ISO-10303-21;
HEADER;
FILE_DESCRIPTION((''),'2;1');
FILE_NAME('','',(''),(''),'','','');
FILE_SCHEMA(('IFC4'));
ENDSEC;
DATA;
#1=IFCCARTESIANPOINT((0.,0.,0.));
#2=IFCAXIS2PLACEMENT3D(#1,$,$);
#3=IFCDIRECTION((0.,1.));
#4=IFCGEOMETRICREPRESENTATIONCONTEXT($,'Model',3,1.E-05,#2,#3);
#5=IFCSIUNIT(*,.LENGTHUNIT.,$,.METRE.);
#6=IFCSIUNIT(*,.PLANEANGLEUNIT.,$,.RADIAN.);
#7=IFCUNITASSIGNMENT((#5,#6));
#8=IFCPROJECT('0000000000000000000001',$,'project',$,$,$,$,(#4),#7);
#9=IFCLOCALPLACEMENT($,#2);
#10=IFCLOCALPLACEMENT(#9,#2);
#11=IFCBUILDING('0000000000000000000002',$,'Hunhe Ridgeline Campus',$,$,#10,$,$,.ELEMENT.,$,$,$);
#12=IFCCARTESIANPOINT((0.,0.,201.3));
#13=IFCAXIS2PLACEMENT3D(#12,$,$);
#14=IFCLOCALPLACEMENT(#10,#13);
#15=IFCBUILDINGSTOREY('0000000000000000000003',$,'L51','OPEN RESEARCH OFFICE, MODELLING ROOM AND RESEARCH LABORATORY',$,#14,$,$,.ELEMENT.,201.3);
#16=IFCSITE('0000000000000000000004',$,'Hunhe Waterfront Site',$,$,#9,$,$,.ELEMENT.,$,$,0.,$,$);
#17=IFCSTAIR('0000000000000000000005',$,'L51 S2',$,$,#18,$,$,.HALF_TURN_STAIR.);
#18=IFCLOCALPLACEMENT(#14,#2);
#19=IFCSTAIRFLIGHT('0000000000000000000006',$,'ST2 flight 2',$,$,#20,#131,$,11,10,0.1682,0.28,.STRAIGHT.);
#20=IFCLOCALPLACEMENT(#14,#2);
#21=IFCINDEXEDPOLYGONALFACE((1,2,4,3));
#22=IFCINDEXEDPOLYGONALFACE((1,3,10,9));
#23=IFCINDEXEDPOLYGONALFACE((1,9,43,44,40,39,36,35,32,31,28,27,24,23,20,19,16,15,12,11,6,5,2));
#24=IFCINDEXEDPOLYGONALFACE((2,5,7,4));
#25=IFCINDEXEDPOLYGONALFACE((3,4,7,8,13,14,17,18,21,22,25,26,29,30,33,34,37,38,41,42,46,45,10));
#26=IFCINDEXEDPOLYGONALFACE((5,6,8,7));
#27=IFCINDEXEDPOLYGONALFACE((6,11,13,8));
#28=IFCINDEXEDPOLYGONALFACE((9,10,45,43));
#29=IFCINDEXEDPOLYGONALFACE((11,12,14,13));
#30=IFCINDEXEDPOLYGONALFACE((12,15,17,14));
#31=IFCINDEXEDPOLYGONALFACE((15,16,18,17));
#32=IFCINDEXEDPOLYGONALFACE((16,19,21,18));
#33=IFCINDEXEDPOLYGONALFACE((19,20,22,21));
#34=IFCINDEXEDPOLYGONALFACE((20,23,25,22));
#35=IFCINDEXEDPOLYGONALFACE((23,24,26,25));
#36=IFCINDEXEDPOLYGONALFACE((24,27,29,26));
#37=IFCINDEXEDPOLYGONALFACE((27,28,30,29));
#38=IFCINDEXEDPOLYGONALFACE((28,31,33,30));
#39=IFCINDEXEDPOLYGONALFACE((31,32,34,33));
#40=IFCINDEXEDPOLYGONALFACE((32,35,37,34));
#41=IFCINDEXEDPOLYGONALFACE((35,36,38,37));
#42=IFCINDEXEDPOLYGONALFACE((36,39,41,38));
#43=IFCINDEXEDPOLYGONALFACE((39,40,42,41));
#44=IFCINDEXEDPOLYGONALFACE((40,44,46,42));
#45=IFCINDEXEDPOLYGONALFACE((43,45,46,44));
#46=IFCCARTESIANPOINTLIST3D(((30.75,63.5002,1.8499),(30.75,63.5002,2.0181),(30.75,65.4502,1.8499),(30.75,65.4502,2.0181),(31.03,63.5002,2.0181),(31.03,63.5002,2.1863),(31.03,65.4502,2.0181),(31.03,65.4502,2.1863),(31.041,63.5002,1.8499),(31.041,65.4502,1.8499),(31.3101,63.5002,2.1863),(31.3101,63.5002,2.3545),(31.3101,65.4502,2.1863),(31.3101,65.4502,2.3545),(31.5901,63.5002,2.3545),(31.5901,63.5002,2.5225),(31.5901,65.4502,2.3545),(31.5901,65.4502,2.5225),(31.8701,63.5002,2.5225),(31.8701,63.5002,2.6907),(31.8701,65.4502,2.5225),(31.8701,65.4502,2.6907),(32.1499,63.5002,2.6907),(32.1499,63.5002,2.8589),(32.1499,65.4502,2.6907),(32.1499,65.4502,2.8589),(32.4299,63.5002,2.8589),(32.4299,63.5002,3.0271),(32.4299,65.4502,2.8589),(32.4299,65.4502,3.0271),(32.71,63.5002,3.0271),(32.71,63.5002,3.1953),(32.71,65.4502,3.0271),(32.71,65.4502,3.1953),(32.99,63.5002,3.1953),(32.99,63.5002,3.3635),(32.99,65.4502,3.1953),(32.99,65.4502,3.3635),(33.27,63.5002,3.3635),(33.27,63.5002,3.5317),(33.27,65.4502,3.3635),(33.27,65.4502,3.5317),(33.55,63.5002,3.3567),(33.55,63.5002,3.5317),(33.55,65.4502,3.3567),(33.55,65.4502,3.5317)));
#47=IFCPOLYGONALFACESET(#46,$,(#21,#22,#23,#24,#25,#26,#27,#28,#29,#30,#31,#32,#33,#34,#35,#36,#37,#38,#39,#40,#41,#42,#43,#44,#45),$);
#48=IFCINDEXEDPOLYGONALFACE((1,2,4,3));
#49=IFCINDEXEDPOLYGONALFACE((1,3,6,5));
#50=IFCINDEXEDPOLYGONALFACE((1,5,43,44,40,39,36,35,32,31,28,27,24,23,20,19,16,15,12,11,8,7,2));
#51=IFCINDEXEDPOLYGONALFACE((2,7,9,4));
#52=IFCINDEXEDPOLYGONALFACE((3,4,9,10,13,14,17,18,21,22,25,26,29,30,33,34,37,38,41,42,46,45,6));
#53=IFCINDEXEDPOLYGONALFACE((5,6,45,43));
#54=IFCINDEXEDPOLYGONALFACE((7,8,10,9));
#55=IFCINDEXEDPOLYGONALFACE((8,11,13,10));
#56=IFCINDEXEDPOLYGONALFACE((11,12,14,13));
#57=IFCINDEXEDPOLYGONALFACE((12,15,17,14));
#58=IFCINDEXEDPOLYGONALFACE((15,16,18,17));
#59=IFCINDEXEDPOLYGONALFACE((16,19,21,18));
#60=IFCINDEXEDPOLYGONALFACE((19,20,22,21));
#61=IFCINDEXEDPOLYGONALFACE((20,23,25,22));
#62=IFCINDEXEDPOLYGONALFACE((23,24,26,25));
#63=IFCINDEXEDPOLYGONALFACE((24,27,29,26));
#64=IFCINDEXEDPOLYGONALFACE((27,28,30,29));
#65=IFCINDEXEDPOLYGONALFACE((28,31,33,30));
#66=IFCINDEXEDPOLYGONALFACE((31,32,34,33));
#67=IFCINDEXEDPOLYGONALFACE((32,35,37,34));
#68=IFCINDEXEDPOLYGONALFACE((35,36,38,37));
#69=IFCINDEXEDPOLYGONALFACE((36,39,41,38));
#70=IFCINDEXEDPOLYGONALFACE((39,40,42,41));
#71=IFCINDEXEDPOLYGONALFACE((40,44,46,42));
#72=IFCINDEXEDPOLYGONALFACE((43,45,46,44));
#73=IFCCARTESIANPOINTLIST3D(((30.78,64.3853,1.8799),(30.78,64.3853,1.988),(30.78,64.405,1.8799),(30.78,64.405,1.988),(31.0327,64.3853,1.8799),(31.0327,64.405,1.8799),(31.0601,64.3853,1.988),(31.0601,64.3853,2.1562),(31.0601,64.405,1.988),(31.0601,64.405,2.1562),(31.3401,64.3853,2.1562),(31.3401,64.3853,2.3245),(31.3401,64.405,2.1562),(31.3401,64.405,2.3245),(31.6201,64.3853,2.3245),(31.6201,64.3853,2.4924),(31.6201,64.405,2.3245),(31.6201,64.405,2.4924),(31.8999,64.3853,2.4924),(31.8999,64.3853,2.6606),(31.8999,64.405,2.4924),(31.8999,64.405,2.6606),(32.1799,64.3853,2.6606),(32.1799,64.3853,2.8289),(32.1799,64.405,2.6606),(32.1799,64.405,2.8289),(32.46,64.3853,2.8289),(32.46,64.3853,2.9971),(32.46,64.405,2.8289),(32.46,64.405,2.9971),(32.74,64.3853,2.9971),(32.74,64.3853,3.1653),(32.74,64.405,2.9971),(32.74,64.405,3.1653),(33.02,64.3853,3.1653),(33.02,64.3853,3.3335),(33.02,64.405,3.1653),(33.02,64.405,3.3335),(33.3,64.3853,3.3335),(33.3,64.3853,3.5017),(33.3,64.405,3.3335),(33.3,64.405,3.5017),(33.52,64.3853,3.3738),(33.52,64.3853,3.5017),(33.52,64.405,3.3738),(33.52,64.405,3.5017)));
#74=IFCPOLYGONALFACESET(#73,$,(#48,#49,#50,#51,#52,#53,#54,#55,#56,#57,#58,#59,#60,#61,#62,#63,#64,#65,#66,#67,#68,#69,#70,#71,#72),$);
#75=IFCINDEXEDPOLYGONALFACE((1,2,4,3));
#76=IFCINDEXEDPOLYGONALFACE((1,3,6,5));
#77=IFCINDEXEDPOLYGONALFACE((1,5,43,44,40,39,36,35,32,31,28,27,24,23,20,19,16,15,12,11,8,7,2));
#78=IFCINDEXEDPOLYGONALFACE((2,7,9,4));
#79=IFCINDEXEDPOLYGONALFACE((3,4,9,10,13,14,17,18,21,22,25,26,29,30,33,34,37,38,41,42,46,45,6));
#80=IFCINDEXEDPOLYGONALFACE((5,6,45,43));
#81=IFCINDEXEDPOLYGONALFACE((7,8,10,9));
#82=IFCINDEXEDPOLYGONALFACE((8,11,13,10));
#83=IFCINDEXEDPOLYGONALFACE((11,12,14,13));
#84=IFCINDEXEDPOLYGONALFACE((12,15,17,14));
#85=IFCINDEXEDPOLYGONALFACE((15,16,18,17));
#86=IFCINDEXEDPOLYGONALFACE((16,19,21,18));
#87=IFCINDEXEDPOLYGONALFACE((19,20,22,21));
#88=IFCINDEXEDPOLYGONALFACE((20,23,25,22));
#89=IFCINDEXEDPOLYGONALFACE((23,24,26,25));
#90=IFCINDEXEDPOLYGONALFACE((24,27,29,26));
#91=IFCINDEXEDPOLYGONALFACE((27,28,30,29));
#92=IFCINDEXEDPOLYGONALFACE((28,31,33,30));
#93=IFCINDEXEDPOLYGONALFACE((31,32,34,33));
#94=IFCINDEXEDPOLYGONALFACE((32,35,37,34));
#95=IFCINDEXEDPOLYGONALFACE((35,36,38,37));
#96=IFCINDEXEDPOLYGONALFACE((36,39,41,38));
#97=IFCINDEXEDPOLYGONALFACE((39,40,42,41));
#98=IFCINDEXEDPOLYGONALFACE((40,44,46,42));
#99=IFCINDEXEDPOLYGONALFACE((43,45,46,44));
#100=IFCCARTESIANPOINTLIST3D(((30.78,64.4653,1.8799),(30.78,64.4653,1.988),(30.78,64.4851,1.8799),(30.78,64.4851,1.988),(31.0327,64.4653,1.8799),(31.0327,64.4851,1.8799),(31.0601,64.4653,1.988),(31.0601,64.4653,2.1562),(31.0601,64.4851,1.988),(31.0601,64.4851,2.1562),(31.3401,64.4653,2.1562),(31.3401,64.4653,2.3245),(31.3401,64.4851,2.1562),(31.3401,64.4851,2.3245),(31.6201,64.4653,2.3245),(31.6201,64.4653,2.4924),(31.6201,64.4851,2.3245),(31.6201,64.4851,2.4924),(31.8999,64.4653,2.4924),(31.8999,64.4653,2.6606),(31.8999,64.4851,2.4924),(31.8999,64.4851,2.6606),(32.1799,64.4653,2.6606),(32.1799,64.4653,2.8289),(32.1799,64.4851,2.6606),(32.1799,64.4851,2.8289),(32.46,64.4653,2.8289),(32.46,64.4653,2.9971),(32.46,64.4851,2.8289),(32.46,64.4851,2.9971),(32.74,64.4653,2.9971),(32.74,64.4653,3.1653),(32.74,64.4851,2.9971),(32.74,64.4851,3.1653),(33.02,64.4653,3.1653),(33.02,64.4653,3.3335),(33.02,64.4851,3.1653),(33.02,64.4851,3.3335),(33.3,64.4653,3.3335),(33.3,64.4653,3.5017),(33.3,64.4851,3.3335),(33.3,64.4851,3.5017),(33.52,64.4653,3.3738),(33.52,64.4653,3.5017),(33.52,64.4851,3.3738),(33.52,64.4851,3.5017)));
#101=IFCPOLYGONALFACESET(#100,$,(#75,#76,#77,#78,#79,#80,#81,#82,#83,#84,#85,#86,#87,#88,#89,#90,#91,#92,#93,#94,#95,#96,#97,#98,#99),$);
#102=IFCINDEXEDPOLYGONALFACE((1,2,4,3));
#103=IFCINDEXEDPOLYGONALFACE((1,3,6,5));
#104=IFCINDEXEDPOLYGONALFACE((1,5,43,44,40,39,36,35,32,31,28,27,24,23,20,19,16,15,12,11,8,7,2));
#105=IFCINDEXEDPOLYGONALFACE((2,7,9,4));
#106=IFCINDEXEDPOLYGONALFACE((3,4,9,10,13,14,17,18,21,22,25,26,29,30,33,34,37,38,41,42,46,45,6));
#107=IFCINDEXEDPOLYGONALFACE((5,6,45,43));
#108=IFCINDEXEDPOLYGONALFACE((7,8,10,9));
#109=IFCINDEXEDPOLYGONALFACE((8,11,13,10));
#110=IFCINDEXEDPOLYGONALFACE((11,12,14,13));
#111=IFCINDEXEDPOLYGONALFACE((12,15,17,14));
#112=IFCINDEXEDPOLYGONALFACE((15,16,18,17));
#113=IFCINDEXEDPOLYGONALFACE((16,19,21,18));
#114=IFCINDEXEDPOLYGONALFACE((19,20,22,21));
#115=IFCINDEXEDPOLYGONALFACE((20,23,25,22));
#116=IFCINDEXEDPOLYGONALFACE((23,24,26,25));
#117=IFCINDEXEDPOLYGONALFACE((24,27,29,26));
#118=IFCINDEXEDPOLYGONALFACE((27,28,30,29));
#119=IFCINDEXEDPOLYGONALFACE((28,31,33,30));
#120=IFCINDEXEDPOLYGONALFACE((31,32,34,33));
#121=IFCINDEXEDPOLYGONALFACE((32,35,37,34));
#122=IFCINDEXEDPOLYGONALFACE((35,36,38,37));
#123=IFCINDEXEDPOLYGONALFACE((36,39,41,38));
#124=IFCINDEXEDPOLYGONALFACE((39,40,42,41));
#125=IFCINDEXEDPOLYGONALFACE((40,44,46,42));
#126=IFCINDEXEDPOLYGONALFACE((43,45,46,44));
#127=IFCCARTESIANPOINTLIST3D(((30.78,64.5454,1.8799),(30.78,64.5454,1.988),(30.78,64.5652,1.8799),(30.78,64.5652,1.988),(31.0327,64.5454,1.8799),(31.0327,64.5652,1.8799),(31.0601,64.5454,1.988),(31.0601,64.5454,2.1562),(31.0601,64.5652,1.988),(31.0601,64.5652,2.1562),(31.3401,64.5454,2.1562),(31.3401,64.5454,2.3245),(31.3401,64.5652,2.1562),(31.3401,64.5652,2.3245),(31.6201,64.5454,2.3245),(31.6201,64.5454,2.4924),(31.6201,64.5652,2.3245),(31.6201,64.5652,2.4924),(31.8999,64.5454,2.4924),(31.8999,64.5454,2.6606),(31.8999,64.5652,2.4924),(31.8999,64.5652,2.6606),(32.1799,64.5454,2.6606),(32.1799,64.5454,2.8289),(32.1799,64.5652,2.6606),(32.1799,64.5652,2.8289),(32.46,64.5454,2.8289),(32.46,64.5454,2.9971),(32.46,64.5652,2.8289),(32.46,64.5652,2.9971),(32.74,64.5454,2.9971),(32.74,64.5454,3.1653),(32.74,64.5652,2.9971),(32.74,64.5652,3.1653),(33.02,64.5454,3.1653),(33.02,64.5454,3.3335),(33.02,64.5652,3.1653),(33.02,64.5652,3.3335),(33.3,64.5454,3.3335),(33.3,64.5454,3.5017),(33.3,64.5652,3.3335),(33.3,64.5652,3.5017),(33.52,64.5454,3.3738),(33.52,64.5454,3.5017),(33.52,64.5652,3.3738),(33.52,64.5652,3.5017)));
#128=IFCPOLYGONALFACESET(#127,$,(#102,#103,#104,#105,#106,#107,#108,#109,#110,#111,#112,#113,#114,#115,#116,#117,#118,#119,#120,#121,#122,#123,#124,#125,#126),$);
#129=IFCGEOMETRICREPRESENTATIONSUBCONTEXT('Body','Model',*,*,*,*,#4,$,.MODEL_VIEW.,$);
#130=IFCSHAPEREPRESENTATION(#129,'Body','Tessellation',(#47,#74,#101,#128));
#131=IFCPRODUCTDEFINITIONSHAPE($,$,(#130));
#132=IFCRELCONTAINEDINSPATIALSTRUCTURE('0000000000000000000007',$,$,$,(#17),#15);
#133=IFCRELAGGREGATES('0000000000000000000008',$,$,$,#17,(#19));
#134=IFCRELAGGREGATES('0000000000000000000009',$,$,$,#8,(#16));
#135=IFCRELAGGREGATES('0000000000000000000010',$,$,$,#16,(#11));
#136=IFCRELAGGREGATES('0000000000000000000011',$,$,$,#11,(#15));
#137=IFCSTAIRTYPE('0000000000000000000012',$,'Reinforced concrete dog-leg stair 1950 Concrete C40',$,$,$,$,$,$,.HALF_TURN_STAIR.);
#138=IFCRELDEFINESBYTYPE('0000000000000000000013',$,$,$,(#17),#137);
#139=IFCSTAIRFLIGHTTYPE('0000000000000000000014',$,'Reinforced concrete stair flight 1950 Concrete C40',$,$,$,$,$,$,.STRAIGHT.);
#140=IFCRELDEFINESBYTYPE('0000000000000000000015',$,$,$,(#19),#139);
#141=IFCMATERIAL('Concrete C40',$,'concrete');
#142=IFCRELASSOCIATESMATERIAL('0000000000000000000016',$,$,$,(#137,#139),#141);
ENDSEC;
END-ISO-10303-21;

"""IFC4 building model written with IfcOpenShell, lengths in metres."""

from ifc_helpers import new_model, si_unit, direction, frame, origin, place, context, subcontext, project, spatial, polyline, outline, extrude, material, type_object, element, aggregate, save


model = new_model("IFC4")

# Units and contexts
model_context = context("Model", 3, precision=1e-05, world=origin(), true_north=direction((0.0, 1.0)))
body_context = subcontext(model_context, "Body", "Model", "MODEL_VIEW")
ifc_project = project(units=[si_unit("LENGTHUNIT", "METRE"), si_unit("PLANEANGLEUNIT", "RADIAN")], contexts=[model_context])

# Site, building, storey
site_placement = place(None, origin())
site = spatial("IfcSite", under=ifc_project, at=site_placement, Name="Hunhe Waterfront Site", CompositionType="ELEMENT", RefElevation=0.0)
building_placement = place(site_placement, origin())
building = spatial("IfcBuilding", under=site, at=building_placement, Name="Hunhe Ridgeline Campus", CompositionType="ELEMENT")
storey_placement = place(building_placement, frame((0.0, 0.0, 201.3)))
storey = spatial("IfcBuildingStorey", under=building, at=storey_placement, Name="L51", Description="OPEN RESEARCH OFFICE, MODELLING ROOM AND RESEARCH LABORATORY", CompositionType="ELEMENT", Elevation=201.3)

# Stair, stair flight
ifc_material_1 = material(Name="Concrete C40", Category="concrete")
stair_type = type_object("IfcStairType", Name="Reinforced concrete dog-leg stair 1950 Concrete C40", PredefinedType="HALF_TURN_STAIR", material=ifc_material_1)
stair_placement = place(storey_placement, origin())
stair = element("IfcStair", 1, at=stair_placement, inside=storey, type_object=stair_type, Name="L51 S2", PredefinedType="HALF_TURN_STAIR")
stair_flight_type = type_object("IfcStairFlightType", Name="Reinforced concrete stair flight 1950 Concrete C40", PredefinedType="STRAIGHT", material=ifc_material_1)
stair_flight_1_placement = place(storey_placement, frame((30.75, 64.4751, 1.8499), z_axis=(0.0, 0.0, 1.0), x_axis=(1.0, 0.0, 0.0)))
stair_flight_1 = element("IfcStairFlight", 2, at=stair_flight_1_placement, type_object=stair_flight_type, Name="ST2 flight 2", NumberOfRisers=11, NumberOfTreads=10, PredefinedType="STRAIGHT", RiserHeight=0.1682, TreadLength=0.28, context=body_context, shape_type="SweptSolid", body=[
    extrude(outline(polyline([(0.0, 0.0), (0.0, 0.1682), (0.28, 0.1682), (0.28, 0.3364), (0.5601, 0.3364), (0.5601, 0.5046), (0.8401, 0.5046), (0.8401, 0.6726), (1.1201, 0.6726), (1.1201, 0.8408), (1.3999, 0.8408), (1.3999, 1.009), (1.6799, 1.009), (1.6799, 1.1772), (1.96, 1.1772), (1.96, 1.3455), (2.24, 1.3455), (2.24, 1.5137), (2.52, 1.5137), (2.52, 1.6819), (2.8, 1.6819), (2.8, 1.8501), (2.8, 1.5068), (0.291, 0.0), (0.0, 0.0)])), frame((0.0, 0.9751, 0.0), z_axis=(0.0, -1.0, 0.0), x_axis=(1.0, 0.0, 0.0)), (0.0, 0.0, 1.0), 1.95),
    extrude(outline(polyline([(0.03, 0.03), (0.03, 0.1382), (0.3101, 0.1382), (0.3101, 0.3064), (0.5901, 0.3064), (0.5901, 0.4746), (0.8701, 0.4746), (0.8701, 0.6426), (1.1499, 0.6426), (1.1499, 0.8108), (1.4299, 0.8108), (1.4299, 0.979), (1.71, 0.979), (1.71, 1.1472), (1.99, 1.1472), (1.99, 1.3154), (2.27, 1.3154), (2.27, 1.4836), (2.55, 1.4836), (2.55, 1.6519), (2.77, 1.6519), (2.77, 1.5239), (0.2827, 0.03), (0.03, 0.03)])), frame((0.0, -0.0701, 0.0), z_axis=(0.0, -1.0, 0.0), x_axis=(1.0, 0.0, 0.0)), (0.0, 0.0, 1.0), 0.0198),
    extrude(outline(polyline([(0.03, 0.03), (0.03, 0.1382), (0.3101, 0.1382), (0.3101, 0.3064), (0.5901, 0.3064), (0.5901, 0.4746), (0.8701, 0.4746), (0.8701, 0.6426), (1.1499, 0.6426), (1.1499, 0.8108), (1.4299, 0.8108), (1.4299, 0.979), (1.71, 0.979), (1.71, 1.1472), (1.99, 1.1472), (1.99, 1.3154), (2.27, 1.3154), (2.27, 1.4836), (2.55, 1.4836), (2.55, 1.6519), (2.77, 1.6519), (2.77, 1.5239), (0.2827, 0.03), (0.03, 0.03)])), frame((0.0, 0.01, 0.0), z_axis=(0.0, -1.0, 0.0), x_axis=(1.0, 0.0, 0.0)), (0.0, 0.0, 1.0), 0.0198),
    extrude(outline(polyline([(0.03, 0.03), (0.03, 0.1382), (0.3101, 0.1382), (0.3101, 0.3064), (0.5901, 0.3064), (0.5901, 0.4746), (0.8701, 0.4746), (0.8701, 0.6426), (1.1499, 0.6426), (1.1499, 0.8108), (1.4299, 0.8108), (1.4299, 0.979), (1.71, 0.979), (1.71, 1.1472), (1.99, 1.1472), (1.99, 1.3154), (2.27, 1.3154), (2.27, 1.4836), (2.55, 1.4836), (2.55, 1.6519), (2.77, 1.6519), (2.77, 1.5239), (0.2827, 0.03), (0.03, 0.03)])), frame((0.0, 0.0901, 0.0), z_axis=(0.0, -1.0, 0.0), x_axis=(1.0, 0.0, 0.0)), (0.0, 0.0, 1.0), 0.0198),
])
aggregate(stair, [stair_flight_1])

save(model, "model.ifc")
